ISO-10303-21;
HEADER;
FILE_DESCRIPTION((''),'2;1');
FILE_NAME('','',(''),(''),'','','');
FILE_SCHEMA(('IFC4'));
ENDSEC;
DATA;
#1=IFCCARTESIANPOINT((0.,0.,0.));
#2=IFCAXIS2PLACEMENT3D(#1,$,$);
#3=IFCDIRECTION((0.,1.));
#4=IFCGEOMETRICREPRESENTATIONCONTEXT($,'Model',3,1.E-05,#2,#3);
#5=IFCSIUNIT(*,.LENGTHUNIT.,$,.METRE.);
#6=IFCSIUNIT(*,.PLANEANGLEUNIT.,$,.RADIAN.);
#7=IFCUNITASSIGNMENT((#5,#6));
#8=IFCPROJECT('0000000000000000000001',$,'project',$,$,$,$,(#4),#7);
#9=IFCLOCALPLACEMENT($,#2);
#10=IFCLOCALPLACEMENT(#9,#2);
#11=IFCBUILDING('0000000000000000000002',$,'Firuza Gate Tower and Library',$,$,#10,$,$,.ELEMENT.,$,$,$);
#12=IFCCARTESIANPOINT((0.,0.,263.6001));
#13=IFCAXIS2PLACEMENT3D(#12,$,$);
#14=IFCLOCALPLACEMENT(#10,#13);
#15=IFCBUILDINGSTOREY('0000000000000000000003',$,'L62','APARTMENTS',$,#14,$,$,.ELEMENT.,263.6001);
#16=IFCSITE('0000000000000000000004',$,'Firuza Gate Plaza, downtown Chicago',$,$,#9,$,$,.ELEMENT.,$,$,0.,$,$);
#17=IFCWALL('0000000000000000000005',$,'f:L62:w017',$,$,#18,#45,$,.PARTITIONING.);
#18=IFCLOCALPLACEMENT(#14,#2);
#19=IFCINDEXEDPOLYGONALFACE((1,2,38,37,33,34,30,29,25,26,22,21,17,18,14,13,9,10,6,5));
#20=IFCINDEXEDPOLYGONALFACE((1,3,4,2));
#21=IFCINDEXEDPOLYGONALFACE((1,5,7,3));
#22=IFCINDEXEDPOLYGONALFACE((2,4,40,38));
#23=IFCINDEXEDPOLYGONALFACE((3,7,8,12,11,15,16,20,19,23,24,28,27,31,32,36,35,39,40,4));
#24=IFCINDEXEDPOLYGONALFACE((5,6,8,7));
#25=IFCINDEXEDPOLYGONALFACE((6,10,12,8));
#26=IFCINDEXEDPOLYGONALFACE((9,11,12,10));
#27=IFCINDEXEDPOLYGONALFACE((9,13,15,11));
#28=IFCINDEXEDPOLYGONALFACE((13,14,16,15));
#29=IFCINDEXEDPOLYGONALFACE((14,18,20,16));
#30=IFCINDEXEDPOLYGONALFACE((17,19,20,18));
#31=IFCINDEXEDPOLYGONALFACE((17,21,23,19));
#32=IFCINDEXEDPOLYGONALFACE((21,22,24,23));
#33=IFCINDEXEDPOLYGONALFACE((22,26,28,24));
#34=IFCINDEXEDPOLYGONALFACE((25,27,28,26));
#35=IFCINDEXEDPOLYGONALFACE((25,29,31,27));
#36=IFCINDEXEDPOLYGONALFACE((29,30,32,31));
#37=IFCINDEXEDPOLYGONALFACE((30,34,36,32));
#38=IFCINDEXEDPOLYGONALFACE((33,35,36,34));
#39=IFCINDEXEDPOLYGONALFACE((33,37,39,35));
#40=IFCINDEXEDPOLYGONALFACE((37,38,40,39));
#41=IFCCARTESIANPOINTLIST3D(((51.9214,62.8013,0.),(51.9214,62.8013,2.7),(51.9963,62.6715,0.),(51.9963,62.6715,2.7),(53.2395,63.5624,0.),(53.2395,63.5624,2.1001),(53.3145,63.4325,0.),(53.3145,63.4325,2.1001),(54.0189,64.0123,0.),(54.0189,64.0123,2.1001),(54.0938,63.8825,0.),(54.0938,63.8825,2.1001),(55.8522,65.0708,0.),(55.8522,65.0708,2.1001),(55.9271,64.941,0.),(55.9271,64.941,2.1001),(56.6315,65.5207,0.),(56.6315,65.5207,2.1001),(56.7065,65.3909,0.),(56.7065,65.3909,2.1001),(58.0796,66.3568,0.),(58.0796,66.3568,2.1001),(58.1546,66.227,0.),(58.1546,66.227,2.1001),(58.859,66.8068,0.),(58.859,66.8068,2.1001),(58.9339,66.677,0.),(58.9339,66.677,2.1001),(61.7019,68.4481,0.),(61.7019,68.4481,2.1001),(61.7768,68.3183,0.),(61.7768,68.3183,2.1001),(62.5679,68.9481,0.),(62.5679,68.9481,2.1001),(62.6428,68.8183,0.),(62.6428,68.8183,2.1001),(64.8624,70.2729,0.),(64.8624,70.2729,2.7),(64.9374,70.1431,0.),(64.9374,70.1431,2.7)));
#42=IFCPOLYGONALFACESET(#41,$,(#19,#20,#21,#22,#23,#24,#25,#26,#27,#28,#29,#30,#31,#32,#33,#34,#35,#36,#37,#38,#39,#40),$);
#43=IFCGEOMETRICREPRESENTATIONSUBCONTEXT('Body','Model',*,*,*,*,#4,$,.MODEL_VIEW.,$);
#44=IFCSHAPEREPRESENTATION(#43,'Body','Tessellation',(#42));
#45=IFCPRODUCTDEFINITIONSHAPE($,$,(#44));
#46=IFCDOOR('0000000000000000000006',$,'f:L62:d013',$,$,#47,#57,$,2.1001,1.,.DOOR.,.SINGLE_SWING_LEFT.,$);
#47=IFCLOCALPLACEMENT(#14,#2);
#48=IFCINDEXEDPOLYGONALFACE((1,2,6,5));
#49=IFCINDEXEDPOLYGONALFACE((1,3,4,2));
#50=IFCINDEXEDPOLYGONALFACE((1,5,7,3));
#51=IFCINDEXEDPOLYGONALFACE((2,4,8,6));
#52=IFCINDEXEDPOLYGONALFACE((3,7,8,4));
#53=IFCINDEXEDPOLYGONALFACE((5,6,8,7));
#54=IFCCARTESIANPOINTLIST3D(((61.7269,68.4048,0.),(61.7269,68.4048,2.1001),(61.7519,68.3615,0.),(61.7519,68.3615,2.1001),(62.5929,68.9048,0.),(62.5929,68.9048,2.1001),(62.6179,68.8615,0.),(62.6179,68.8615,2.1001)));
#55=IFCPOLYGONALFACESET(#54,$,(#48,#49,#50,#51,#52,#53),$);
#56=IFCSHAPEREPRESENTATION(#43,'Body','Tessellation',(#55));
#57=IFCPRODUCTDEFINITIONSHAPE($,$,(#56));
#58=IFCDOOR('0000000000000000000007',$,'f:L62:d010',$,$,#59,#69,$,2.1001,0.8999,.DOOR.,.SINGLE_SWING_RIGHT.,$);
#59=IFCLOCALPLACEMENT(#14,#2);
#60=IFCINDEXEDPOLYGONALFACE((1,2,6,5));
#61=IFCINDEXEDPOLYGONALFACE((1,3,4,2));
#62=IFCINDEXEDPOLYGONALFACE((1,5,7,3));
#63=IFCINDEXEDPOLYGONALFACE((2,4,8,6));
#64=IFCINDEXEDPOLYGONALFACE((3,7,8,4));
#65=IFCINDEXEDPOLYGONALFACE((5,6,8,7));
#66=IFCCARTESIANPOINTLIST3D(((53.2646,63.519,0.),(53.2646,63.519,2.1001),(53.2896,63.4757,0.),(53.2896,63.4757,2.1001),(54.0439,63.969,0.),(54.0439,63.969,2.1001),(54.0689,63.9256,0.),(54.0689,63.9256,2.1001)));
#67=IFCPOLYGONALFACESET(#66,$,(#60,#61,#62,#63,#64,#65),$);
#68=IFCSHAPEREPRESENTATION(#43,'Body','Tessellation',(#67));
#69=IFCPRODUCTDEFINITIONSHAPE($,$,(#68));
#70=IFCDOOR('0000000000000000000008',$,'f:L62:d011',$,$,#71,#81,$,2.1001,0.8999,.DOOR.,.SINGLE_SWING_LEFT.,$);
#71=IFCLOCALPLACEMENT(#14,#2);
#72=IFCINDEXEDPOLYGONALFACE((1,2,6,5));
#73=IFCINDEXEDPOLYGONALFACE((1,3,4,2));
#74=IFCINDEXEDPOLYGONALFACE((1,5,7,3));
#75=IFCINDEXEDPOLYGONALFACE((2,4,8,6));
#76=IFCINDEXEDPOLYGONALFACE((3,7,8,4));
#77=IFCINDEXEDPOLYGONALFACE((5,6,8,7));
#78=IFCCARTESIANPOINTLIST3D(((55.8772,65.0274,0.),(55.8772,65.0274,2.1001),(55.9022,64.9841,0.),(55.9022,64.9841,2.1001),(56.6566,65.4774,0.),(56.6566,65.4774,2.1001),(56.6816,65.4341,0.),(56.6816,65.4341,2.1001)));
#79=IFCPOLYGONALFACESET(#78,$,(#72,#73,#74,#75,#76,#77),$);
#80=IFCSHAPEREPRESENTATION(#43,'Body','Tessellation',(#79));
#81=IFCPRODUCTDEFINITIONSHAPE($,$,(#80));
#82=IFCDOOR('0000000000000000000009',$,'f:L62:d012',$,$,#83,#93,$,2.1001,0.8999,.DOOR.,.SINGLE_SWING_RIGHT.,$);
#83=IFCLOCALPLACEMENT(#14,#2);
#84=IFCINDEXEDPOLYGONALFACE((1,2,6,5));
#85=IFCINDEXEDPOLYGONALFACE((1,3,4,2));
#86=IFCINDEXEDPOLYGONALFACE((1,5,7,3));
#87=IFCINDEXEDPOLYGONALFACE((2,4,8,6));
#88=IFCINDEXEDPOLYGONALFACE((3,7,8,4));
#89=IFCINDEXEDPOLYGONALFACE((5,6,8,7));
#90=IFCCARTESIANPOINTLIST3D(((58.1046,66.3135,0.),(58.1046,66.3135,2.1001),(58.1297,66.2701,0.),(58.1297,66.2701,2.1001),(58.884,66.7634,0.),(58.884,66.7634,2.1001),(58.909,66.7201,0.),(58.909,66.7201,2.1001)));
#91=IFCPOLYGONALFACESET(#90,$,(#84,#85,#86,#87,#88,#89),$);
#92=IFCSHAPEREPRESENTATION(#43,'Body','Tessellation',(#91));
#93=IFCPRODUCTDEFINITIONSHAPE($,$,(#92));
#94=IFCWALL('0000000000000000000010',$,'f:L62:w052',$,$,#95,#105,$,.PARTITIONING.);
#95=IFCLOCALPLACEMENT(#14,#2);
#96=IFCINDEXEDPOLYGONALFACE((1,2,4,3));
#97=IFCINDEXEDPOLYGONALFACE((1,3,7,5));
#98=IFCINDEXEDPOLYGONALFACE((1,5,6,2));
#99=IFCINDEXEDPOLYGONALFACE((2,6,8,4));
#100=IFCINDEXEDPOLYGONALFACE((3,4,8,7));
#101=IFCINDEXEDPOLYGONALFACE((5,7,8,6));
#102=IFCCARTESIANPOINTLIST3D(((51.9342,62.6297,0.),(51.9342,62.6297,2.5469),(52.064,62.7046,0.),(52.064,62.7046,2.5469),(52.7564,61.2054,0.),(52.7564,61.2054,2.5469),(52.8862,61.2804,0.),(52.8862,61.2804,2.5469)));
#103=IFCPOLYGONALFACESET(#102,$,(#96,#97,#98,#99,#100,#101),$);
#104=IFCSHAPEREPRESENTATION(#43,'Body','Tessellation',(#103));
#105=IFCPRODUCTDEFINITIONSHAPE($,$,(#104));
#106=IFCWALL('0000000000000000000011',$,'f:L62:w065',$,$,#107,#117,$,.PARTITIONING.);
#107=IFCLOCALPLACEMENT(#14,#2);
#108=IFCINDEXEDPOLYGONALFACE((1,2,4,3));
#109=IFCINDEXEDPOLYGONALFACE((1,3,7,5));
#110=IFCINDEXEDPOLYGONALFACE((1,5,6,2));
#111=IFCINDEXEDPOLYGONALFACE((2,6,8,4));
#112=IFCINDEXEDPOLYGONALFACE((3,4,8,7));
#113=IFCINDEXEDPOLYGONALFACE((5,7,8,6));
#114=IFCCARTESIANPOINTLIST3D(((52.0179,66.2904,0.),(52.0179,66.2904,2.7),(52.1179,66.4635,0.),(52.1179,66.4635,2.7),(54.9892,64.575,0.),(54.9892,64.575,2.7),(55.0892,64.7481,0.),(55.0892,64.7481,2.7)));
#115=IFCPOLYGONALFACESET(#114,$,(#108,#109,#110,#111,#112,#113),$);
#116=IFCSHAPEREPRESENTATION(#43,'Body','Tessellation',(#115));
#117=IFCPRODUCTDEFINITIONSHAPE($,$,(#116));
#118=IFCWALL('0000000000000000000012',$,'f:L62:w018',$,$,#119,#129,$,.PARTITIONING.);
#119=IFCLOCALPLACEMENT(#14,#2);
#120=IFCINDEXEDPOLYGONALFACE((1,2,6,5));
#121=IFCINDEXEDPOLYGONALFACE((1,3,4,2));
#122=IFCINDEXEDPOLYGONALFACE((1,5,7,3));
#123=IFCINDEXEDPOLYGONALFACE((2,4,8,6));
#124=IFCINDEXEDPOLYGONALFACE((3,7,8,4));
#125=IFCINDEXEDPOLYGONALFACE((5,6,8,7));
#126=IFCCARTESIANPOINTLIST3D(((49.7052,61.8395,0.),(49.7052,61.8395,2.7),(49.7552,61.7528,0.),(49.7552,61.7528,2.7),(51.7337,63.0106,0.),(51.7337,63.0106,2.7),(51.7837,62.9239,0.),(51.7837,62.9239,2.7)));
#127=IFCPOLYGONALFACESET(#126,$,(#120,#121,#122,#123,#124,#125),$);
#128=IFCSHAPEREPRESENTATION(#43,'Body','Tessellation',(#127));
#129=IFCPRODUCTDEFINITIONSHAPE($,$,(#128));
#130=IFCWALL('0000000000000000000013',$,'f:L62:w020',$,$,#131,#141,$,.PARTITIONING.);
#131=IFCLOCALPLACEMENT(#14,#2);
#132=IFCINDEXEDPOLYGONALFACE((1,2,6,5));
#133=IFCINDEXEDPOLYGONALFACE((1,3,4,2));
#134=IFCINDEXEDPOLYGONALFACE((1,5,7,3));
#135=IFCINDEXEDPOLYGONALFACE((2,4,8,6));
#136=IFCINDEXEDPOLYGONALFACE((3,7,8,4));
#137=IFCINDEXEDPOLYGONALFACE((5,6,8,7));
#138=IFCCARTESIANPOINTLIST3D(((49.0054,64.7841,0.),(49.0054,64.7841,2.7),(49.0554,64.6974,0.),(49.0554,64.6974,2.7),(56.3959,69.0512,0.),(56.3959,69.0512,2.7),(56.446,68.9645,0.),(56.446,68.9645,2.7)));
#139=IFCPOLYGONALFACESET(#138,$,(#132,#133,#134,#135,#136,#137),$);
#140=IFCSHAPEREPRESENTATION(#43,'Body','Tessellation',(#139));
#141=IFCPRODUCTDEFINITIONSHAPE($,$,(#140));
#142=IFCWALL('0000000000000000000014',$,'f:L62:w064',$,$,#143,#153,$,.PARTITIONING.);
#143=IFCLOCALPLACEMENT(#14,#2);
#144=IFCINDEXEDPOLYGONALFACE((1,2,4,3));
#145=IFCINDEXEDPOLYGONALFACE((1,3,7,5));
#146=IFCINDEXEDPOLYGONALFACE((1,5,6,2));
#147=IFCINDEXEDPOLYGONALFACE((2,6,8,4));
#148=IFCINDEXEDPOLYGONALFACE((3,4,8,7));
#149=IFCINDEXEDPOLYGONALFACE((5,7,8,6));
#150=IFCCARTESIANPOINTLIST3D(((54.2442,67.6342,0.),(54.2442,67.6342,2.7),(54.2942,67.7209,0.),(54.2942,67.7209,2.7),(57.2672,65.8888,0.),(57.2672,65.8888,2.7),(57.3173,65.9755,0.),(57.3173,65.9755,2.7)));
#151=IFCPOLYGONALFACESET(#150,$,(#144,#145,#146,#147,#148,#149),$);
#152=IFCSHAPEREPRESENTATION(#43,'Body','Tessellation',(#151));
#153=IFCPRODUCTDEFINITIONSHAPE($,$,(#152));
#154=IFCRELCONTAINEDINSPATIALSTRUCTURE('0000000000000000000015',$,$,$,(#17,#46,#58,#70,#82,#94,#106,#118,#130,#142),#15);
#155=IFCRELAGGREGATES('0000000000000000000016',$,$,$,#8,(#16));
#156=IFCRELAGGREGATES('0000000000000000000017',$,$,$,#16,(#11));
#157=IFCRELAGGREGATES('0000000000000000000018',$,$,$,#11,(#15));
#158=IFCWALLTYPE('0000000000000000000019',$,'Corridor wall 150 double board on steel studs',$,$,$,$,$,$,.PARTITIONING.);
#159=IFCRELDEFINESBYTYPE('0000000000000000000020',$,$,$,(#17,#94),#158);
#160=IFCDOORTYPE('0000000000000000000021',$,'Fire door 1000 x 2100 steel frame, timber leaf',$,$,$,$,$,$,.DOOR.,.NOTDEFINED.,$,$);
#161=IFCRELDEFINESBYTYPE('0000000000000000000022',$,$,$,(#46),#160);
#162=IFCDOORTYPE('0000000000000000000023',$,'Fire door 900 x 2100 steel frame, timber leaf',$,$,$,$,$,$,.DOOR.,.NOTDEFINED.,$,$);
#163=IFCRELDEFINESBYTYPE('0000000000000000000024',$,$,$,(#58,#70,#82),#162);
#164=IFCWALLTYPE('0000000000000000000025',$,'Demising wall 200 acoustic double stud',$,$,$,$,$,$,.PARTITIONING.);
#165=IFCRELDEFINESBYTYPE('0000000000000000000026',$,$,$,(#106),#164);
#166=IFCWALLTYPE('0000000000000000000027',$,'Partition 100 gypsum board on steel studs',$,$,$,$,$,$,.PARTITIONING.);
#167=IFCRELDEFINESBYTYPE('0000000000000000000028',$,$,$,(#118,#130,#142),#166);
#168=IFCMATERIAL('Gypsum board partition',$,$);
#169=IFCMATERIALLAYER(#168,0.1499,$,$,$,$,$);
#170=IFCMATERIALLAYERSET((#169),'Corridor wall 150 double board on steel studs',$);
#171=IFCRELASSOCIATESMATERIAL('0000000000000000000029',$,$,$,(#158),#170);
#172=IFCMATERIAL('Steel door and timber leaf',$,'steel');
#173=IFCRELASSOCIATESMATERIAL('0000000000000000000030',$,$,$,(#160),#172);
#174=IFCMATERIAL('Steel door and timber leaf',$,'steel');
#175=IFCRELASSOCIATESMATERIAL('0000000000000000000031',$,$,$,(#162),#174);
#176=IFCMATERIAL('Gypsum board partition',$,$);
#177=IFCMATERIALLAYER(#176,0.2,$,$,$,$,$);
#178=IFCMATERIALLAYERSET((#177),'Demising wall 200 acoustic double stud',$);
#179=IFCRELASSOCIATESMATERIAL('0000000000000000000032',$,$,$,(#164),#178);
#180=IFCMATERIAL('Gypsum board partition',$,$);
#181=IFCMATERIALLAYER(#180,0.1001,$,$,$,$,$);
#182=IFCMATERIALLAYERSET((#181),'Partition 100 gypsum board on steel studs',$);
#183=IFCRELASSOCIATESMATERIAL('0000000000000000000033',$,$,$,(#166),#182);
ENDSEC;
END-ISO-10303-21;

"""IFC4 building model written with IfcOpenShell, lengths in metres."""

from ifc_helpers import new_model, si_unit, direction, frame, frame_2d, origin, place, context, subcontext, project, spatial, rectangle, extrude, material, layer, layer_set, type_object, element, fill, save


model = new_model("IFC4")

# Units and contexts
model_context = context("Model", 3, precision=1e-05, world=origin(), true_north=direction((0.0, 1.0)))
body_context = subcontext(model_context, "Body", "Model", "MODEL_VIEW")
ifc_project = project(units=[si_unit("LENGTHUNIT", "METRE"), si_unit("PLANEANGLEUNIT", "RADIAN")], contexts=[model_context])

# Site, building, storey
site_placement = place(None, origin())
site = spatial("IfcSite", under=ifc_project, at=site_placement, Name="Firuza Gate Plaza, downtown Chicago", CompositionType="ELEMENT", RefElevation=0.0)
building_placement = place(site_placement, origin())
building = spatial("IfcBuilding", under=site, at=building_placement, Name="Firuza Gate Tower and Library", CompositionType="ELEMENT")
storey_placement = place(building_placement, frame((0.0, 0.0, 263.6001)))
storey = spatial("IfcBuildingStorey", under=building, at=storey_placement, Name="L62", Description="APARTMENTS", CompositionType="ELEMENT", Elevation=263.6001)

# Wall, openings, doors
ifc_material_1 = material(Name="Gypsum board partition")
ifc_layer_1 = layer(ifc_material_1, 0.1499)
ifc_layer_set_1 = layer_set([ifc_layer_1], Name="Corridor wall 150 double board on steel studs")
wall_type_1 = type_object("IfcWallType", Name="Corridor wall 150 double board on steel studs", PredefinedType="PARTITIONING", material=ifc_layer_set_1)
wall_1_placement = place(storey_placement, frame((51.9587, 62.7363, 0.0), z_axis=(0.0, 0.0, 1.0), x_axis=(0.866023, 0.500005, 0.0)))
wall_1 = element("IfcWall", 1, at=wall_1_placement, inside=storey, type_object=wall_type_1, Name="f:L62:w017", PredefinedType="PARTITIONING", context=body_context, shape_type="SweptSolid", body=[
    extrude(rectangle(XDim=14.9431, YDim=0.1499, at=frame_2d((7.4717, 0.0))), origin(), (0.0, 0.0, 1.0), 2.7),
])
opening_1_placement = place(wall_1_placement, frame((1.5222, 0.0, 0.0)))
opening_1 = element("IfcOpeningElement", 2, at=opening_1_placement, cuts=wall_1, PredefinedType="OPENING", context=body_context, shape_type="SweptSolid", body=[
    extrude(rectangle(XDim=0.8999, YDim=2.1001, at=frame_2d((0.45, 1.05))), frame((0.0, 0.085, 0.0), z_axis=(0.0, -1.0, 0.0), x_axis=(1.0, 0.0, 0.0)), (0.0, 0.0, 1.0), 0.1699),
])
opening_2_placement = place(wall_1_placement, frame((4.5391, 0.0, 0.0)))
opening_2 = element("IfcOpeningElement", 3, at=opening_2_placement, cuts=wall_1, PredefinedType="OPENING", context=body_context, shape_type="SweptSolid", body=[
    extrude(rectangle(XDim=0.8999, YDim=2.1001, at=frame_2d((0.45, 1.05))), frame((0.0, 0.085, 0.0), z_axis=(0.0, -1.0, 0.0), x_axis=(1.0, 0.0, 0.0)), (0.0, 0.0, 1.0), 0.1699),
])
opening_3_placement = place(wall_1_placement, frame((7.1111, 0.0, 0.0)))
opening_3 = element("IfcOpeningElement", 4, at=opening_3_placement, cuts=wall_1, PredefinedType="OPENING", context=body_context, shape_type="SweptSolid", body=[
    extrude(rectangle(XDim=0.8999, YDim=2.1001, at=frame_2d((0.45, 1.05))), frame((0.0, 0.085, 0.0), z_axis=(0.0, -1.0, 0.0), x_axis=(1.0, 0.0, 0.0)), (0.0, 0.0, 1.0), 0.1699),
])
opening_4_placement = place(wall_1_placement, frame((11.2937, 0.0, 0.0)))
opening_4 = element("IfcOpeningElement", 5, at=opening_4_placement, cuts=wall_1, PredefinedType="OPENING", context=body_context, shape_type="SweptSolid", body=[
    extrude(rectangle(XDim=1.0, YDim=2.1001, at=frame_2d((0.5, 1.05))), frame((0.0, 0.085, 0.0), z_axis=(0.0, -1.0, 0.0), x_axis=(1.0, 0.0, 0.0)), (0.0, 0.0, 1.0), 0.1699),
])
ifc_material_2 = material(Name="Steel door and timber leaf", Category="steel")
door_type_1 = type_object("IfcDoorType", Name="Fire door 1000 x 2100 steel frame, timber leaf", OperationType="NOTDEFINED", PredefinedType="DOOR", material=ifc_material_2)
door_1_placement = place(opening_4_placement, origin())
door_1 = element("IfcDoor", 6, at=door_1_placement, inside=storey, type_object=door_type_1, Name="f:L62:d013", OperationType="SINGLE_SWING_LEFT", OverallHeight=2.1001, OverallWidth=1.0, PredefinedType="DOOR", context=body_context, shape_type="SweptSolid", body=[
    extrude(rectangle(XDim=1.0, YDim=2.1001, at=frame_2d((0.5, 1.05))), frame((0.0, 0.0249, 0.0), z_axis=(0.0, -1.0, 0.0), x_axis=(1.0, 0.0, 0.0)), (0.0, 0.0, 1.0), 0.05),
])
fill(opening_4, door_1)
ifc_material_3 = material(Name="Steel door and timber leaf", Category="steel")
door_type_2 = type_object("IfcDoorType", Name="Fire door 900 x 2100 steel frame, timber leaf", OperationType="NOTDEFINED", PredefinedType="DOOR", material=ifc_material_3)
door_2_placement = place(opening_1_placement, origin())
door_2 = element("IfcDoor", 7, at=door_2_placement, inside=storey, type_object=door_type_2, Name="f:L62:d010", OperationType="SINGLE_SWING_RIGHT", OverallHeight=2.1001, OverallWidth=0.8999, PredefinedType="DOOR", context=body_context, shape_type="SweptSolid", body=[
    extrude(rectangle(XDim=0.8999, YDim=2.1001, at=frame_2d((0.45, 1.05))), frame((0.0, 0.0249, 0.0), z_axis=(0.0, -1.0, 0.0), x_axis=(1.0, 0.0, 0.0)), (0.0, 0.0, 1.0), 0.05),
])
fill(opening_1, door_2)
door_3_placement = place(opening_2_placement, origin())
door_3 = element("IfcDoor", 8, at=door_3_placement, inside=storey, type_object=door_type_2, Name="f:L62:d011", OperationType="SINGLE_SWING_LEFT", OverallHeight=2.1001, OverallWidth=0.8999, PredefinedType="DOOR", context=body_context, shape_type="SweptSolid", body=[
    extrude(rectangle(XDim=0.8999, YDim=2.1001, at=frame_2d((0.45, 1.05))), frame((0.0, 0.0249, 0.0), z_axis=(0.0, -1.0, 0.0), x_axis=(1.0, 0.0, 0.0)), (0.0, 0.0, 1.0), 0.05),
])
fill(opening_2, door_3)
door_4_placement = place(opening_3_placement, origin())
door_4 = element("IfcDoor", 9, at=door_4_placement, inside=storey, type_object=door_type_2, Name="f:L62:d012", OperationType="SINGLE_SWING_RIGHT", OverallHeight=2.1001, OverallWidth=0.8999, PredefinedType="DOOR", context=body_context, shape_type="SweptSolid", body=[
    extrude(rectangle(XDim=0.8999, YDim=2.1001, at=frame_2d((0.45, 1.05))), frame((0.0, 0.0249, 0.0), z_axis=(0.0, -1.0, 0.0), x_axis=(1.0, 0.0, 0.0)), (0.0, 0.0, 1.0), 0.05),
])
fill(opening_3, door_4)

# Walls
wall_2_placement = place(storey_placement, frame((52.8213, 61.2429, 0.0), z_axis=(0.0, 0.0, 1.0), x_axis=(-0.499971, 0.866042, 0.0)))
element("IfcWall", 10, at=wall_2_placement, inside=storey, type_object=wall_type_1, Name="f:L62:w052", PredefinedType="PARTITIONING", context=body_context, shape_type="SweptSolid", body=[
    extrude(rectangle(XDim=1.6445, YDim=0.1499, at=frame_2d((0.8223, 0.0))), origin(), (0.0, 0.0, 1.0), 2.5469),
])
ifc_material_4 = material(Name="Gypsum board partition")
ifc_layer_2 = layer(ifc_material_4, 0.2)
ifc_layer_set_2 = layer_set([ifc_layer_2], Name="Demising wall 200 acoustic double stud")
wall_type_2 = type_object("IfcWallType", Name="Demising wall 200 acoustic double stud", PredefinedType="PARTITIONING", material=ifc_layer_set_2)
wall_3_placement = place(storey_placement, frame((55.0391, 64.6616, 0.0), z_axis=(0.0, 0.0, 1.0), x_axis=(-0.866036, 0.499981, 0.0)))
element("IfcWall", 11, at=wall_3_placement, inside=storey, type_object=wall_type_2, Name="f:L62:w065", PredefinedType="PARTITIONING", context=body_context, shape_type="SweptSolid", body=[
    extrude(rectangle(XDim=3.4309, YDim=0.2, at=frame_2d((1.7153, 0.0))), origin(), (0.0, 0.0, 1.0), 2.7),
])
ifc_material_5 = material(Name="Gypsum board partition")
ifc_layer_3 = layer(ifc_material_5, 0.1001)
ifc_layer_set_3 = layer_set([ifc_layer_3], Name="Partition 100 gypsum board on steel studs")
wall_type_3 = type_object("IfcWallType", Name="Partition 100 gypsum board on steel studs", PredefinedType="PARTITIONING", material=ifc_layer_set_3)
wall_4_placement = place(storey_placement, frame((49.7302, 61.7961, 0.0), z_axis=(0.0, 0.0, 1.0), x_axis=(0.866035, 0.499984, 0.0)))
element("IfcWall", 12, at=wall_4_placement, inside=storey, type_object=wall_type_3, Name="f:L62:w018", PredefinedType="PARTITIONING", context=body_context, shape_type="SweptSolid", body=[
    extrude(rectangle(XDim=2.3423, YDim=0.1001, at=frame_2d((1.1711, 0.0))), origin(), (0.0, 0.0, 1.0), 2.7),
])
wall_5_placement = place(storey_placement, frame((49.0303, 64.7407, 0.0), z_axis=(0.0, 0.0, 1.0), x_axis=(0.86602, 0.50001, 0.0)))
element("IfcWall", 13, at=wall_5_placement, inside=storey, type_object=wall_type_3, Name="f:L62:w020", PredefinedType="PARTITIONING", context=body_context, shape_type="SweptSolid", body=[
    extrude(rectangle(XDim=8.5339, YDim=0.1001, at=frame_2d((4.2671, 0.0))), origin(), (0.0, 0.0, 1.0), 2.7),
])
wall_6_placement = place(storey_placement, frame((57.2922, 65.9321, 0.0), z_axis=(0.0, 0.0, 1.0), x_axis=(-0.866018, 0.500013, 0.0)))
element("IfcWall", 14, at=wall_6_placement, inside=storey, type_object=wall_type_3, Name="f:L62:w064", PredefinedType="PARTITIONING", context=body_context, shape_type="SweptSolid", body=[
    extrude(rectangle(XDim=3.4907, YDim=0.1001, at=frame_2d((1.7454, 0.0))), origin(), (0.0, 0.0, 1.0), 2.7),
])

save(model, "model.ifc")
